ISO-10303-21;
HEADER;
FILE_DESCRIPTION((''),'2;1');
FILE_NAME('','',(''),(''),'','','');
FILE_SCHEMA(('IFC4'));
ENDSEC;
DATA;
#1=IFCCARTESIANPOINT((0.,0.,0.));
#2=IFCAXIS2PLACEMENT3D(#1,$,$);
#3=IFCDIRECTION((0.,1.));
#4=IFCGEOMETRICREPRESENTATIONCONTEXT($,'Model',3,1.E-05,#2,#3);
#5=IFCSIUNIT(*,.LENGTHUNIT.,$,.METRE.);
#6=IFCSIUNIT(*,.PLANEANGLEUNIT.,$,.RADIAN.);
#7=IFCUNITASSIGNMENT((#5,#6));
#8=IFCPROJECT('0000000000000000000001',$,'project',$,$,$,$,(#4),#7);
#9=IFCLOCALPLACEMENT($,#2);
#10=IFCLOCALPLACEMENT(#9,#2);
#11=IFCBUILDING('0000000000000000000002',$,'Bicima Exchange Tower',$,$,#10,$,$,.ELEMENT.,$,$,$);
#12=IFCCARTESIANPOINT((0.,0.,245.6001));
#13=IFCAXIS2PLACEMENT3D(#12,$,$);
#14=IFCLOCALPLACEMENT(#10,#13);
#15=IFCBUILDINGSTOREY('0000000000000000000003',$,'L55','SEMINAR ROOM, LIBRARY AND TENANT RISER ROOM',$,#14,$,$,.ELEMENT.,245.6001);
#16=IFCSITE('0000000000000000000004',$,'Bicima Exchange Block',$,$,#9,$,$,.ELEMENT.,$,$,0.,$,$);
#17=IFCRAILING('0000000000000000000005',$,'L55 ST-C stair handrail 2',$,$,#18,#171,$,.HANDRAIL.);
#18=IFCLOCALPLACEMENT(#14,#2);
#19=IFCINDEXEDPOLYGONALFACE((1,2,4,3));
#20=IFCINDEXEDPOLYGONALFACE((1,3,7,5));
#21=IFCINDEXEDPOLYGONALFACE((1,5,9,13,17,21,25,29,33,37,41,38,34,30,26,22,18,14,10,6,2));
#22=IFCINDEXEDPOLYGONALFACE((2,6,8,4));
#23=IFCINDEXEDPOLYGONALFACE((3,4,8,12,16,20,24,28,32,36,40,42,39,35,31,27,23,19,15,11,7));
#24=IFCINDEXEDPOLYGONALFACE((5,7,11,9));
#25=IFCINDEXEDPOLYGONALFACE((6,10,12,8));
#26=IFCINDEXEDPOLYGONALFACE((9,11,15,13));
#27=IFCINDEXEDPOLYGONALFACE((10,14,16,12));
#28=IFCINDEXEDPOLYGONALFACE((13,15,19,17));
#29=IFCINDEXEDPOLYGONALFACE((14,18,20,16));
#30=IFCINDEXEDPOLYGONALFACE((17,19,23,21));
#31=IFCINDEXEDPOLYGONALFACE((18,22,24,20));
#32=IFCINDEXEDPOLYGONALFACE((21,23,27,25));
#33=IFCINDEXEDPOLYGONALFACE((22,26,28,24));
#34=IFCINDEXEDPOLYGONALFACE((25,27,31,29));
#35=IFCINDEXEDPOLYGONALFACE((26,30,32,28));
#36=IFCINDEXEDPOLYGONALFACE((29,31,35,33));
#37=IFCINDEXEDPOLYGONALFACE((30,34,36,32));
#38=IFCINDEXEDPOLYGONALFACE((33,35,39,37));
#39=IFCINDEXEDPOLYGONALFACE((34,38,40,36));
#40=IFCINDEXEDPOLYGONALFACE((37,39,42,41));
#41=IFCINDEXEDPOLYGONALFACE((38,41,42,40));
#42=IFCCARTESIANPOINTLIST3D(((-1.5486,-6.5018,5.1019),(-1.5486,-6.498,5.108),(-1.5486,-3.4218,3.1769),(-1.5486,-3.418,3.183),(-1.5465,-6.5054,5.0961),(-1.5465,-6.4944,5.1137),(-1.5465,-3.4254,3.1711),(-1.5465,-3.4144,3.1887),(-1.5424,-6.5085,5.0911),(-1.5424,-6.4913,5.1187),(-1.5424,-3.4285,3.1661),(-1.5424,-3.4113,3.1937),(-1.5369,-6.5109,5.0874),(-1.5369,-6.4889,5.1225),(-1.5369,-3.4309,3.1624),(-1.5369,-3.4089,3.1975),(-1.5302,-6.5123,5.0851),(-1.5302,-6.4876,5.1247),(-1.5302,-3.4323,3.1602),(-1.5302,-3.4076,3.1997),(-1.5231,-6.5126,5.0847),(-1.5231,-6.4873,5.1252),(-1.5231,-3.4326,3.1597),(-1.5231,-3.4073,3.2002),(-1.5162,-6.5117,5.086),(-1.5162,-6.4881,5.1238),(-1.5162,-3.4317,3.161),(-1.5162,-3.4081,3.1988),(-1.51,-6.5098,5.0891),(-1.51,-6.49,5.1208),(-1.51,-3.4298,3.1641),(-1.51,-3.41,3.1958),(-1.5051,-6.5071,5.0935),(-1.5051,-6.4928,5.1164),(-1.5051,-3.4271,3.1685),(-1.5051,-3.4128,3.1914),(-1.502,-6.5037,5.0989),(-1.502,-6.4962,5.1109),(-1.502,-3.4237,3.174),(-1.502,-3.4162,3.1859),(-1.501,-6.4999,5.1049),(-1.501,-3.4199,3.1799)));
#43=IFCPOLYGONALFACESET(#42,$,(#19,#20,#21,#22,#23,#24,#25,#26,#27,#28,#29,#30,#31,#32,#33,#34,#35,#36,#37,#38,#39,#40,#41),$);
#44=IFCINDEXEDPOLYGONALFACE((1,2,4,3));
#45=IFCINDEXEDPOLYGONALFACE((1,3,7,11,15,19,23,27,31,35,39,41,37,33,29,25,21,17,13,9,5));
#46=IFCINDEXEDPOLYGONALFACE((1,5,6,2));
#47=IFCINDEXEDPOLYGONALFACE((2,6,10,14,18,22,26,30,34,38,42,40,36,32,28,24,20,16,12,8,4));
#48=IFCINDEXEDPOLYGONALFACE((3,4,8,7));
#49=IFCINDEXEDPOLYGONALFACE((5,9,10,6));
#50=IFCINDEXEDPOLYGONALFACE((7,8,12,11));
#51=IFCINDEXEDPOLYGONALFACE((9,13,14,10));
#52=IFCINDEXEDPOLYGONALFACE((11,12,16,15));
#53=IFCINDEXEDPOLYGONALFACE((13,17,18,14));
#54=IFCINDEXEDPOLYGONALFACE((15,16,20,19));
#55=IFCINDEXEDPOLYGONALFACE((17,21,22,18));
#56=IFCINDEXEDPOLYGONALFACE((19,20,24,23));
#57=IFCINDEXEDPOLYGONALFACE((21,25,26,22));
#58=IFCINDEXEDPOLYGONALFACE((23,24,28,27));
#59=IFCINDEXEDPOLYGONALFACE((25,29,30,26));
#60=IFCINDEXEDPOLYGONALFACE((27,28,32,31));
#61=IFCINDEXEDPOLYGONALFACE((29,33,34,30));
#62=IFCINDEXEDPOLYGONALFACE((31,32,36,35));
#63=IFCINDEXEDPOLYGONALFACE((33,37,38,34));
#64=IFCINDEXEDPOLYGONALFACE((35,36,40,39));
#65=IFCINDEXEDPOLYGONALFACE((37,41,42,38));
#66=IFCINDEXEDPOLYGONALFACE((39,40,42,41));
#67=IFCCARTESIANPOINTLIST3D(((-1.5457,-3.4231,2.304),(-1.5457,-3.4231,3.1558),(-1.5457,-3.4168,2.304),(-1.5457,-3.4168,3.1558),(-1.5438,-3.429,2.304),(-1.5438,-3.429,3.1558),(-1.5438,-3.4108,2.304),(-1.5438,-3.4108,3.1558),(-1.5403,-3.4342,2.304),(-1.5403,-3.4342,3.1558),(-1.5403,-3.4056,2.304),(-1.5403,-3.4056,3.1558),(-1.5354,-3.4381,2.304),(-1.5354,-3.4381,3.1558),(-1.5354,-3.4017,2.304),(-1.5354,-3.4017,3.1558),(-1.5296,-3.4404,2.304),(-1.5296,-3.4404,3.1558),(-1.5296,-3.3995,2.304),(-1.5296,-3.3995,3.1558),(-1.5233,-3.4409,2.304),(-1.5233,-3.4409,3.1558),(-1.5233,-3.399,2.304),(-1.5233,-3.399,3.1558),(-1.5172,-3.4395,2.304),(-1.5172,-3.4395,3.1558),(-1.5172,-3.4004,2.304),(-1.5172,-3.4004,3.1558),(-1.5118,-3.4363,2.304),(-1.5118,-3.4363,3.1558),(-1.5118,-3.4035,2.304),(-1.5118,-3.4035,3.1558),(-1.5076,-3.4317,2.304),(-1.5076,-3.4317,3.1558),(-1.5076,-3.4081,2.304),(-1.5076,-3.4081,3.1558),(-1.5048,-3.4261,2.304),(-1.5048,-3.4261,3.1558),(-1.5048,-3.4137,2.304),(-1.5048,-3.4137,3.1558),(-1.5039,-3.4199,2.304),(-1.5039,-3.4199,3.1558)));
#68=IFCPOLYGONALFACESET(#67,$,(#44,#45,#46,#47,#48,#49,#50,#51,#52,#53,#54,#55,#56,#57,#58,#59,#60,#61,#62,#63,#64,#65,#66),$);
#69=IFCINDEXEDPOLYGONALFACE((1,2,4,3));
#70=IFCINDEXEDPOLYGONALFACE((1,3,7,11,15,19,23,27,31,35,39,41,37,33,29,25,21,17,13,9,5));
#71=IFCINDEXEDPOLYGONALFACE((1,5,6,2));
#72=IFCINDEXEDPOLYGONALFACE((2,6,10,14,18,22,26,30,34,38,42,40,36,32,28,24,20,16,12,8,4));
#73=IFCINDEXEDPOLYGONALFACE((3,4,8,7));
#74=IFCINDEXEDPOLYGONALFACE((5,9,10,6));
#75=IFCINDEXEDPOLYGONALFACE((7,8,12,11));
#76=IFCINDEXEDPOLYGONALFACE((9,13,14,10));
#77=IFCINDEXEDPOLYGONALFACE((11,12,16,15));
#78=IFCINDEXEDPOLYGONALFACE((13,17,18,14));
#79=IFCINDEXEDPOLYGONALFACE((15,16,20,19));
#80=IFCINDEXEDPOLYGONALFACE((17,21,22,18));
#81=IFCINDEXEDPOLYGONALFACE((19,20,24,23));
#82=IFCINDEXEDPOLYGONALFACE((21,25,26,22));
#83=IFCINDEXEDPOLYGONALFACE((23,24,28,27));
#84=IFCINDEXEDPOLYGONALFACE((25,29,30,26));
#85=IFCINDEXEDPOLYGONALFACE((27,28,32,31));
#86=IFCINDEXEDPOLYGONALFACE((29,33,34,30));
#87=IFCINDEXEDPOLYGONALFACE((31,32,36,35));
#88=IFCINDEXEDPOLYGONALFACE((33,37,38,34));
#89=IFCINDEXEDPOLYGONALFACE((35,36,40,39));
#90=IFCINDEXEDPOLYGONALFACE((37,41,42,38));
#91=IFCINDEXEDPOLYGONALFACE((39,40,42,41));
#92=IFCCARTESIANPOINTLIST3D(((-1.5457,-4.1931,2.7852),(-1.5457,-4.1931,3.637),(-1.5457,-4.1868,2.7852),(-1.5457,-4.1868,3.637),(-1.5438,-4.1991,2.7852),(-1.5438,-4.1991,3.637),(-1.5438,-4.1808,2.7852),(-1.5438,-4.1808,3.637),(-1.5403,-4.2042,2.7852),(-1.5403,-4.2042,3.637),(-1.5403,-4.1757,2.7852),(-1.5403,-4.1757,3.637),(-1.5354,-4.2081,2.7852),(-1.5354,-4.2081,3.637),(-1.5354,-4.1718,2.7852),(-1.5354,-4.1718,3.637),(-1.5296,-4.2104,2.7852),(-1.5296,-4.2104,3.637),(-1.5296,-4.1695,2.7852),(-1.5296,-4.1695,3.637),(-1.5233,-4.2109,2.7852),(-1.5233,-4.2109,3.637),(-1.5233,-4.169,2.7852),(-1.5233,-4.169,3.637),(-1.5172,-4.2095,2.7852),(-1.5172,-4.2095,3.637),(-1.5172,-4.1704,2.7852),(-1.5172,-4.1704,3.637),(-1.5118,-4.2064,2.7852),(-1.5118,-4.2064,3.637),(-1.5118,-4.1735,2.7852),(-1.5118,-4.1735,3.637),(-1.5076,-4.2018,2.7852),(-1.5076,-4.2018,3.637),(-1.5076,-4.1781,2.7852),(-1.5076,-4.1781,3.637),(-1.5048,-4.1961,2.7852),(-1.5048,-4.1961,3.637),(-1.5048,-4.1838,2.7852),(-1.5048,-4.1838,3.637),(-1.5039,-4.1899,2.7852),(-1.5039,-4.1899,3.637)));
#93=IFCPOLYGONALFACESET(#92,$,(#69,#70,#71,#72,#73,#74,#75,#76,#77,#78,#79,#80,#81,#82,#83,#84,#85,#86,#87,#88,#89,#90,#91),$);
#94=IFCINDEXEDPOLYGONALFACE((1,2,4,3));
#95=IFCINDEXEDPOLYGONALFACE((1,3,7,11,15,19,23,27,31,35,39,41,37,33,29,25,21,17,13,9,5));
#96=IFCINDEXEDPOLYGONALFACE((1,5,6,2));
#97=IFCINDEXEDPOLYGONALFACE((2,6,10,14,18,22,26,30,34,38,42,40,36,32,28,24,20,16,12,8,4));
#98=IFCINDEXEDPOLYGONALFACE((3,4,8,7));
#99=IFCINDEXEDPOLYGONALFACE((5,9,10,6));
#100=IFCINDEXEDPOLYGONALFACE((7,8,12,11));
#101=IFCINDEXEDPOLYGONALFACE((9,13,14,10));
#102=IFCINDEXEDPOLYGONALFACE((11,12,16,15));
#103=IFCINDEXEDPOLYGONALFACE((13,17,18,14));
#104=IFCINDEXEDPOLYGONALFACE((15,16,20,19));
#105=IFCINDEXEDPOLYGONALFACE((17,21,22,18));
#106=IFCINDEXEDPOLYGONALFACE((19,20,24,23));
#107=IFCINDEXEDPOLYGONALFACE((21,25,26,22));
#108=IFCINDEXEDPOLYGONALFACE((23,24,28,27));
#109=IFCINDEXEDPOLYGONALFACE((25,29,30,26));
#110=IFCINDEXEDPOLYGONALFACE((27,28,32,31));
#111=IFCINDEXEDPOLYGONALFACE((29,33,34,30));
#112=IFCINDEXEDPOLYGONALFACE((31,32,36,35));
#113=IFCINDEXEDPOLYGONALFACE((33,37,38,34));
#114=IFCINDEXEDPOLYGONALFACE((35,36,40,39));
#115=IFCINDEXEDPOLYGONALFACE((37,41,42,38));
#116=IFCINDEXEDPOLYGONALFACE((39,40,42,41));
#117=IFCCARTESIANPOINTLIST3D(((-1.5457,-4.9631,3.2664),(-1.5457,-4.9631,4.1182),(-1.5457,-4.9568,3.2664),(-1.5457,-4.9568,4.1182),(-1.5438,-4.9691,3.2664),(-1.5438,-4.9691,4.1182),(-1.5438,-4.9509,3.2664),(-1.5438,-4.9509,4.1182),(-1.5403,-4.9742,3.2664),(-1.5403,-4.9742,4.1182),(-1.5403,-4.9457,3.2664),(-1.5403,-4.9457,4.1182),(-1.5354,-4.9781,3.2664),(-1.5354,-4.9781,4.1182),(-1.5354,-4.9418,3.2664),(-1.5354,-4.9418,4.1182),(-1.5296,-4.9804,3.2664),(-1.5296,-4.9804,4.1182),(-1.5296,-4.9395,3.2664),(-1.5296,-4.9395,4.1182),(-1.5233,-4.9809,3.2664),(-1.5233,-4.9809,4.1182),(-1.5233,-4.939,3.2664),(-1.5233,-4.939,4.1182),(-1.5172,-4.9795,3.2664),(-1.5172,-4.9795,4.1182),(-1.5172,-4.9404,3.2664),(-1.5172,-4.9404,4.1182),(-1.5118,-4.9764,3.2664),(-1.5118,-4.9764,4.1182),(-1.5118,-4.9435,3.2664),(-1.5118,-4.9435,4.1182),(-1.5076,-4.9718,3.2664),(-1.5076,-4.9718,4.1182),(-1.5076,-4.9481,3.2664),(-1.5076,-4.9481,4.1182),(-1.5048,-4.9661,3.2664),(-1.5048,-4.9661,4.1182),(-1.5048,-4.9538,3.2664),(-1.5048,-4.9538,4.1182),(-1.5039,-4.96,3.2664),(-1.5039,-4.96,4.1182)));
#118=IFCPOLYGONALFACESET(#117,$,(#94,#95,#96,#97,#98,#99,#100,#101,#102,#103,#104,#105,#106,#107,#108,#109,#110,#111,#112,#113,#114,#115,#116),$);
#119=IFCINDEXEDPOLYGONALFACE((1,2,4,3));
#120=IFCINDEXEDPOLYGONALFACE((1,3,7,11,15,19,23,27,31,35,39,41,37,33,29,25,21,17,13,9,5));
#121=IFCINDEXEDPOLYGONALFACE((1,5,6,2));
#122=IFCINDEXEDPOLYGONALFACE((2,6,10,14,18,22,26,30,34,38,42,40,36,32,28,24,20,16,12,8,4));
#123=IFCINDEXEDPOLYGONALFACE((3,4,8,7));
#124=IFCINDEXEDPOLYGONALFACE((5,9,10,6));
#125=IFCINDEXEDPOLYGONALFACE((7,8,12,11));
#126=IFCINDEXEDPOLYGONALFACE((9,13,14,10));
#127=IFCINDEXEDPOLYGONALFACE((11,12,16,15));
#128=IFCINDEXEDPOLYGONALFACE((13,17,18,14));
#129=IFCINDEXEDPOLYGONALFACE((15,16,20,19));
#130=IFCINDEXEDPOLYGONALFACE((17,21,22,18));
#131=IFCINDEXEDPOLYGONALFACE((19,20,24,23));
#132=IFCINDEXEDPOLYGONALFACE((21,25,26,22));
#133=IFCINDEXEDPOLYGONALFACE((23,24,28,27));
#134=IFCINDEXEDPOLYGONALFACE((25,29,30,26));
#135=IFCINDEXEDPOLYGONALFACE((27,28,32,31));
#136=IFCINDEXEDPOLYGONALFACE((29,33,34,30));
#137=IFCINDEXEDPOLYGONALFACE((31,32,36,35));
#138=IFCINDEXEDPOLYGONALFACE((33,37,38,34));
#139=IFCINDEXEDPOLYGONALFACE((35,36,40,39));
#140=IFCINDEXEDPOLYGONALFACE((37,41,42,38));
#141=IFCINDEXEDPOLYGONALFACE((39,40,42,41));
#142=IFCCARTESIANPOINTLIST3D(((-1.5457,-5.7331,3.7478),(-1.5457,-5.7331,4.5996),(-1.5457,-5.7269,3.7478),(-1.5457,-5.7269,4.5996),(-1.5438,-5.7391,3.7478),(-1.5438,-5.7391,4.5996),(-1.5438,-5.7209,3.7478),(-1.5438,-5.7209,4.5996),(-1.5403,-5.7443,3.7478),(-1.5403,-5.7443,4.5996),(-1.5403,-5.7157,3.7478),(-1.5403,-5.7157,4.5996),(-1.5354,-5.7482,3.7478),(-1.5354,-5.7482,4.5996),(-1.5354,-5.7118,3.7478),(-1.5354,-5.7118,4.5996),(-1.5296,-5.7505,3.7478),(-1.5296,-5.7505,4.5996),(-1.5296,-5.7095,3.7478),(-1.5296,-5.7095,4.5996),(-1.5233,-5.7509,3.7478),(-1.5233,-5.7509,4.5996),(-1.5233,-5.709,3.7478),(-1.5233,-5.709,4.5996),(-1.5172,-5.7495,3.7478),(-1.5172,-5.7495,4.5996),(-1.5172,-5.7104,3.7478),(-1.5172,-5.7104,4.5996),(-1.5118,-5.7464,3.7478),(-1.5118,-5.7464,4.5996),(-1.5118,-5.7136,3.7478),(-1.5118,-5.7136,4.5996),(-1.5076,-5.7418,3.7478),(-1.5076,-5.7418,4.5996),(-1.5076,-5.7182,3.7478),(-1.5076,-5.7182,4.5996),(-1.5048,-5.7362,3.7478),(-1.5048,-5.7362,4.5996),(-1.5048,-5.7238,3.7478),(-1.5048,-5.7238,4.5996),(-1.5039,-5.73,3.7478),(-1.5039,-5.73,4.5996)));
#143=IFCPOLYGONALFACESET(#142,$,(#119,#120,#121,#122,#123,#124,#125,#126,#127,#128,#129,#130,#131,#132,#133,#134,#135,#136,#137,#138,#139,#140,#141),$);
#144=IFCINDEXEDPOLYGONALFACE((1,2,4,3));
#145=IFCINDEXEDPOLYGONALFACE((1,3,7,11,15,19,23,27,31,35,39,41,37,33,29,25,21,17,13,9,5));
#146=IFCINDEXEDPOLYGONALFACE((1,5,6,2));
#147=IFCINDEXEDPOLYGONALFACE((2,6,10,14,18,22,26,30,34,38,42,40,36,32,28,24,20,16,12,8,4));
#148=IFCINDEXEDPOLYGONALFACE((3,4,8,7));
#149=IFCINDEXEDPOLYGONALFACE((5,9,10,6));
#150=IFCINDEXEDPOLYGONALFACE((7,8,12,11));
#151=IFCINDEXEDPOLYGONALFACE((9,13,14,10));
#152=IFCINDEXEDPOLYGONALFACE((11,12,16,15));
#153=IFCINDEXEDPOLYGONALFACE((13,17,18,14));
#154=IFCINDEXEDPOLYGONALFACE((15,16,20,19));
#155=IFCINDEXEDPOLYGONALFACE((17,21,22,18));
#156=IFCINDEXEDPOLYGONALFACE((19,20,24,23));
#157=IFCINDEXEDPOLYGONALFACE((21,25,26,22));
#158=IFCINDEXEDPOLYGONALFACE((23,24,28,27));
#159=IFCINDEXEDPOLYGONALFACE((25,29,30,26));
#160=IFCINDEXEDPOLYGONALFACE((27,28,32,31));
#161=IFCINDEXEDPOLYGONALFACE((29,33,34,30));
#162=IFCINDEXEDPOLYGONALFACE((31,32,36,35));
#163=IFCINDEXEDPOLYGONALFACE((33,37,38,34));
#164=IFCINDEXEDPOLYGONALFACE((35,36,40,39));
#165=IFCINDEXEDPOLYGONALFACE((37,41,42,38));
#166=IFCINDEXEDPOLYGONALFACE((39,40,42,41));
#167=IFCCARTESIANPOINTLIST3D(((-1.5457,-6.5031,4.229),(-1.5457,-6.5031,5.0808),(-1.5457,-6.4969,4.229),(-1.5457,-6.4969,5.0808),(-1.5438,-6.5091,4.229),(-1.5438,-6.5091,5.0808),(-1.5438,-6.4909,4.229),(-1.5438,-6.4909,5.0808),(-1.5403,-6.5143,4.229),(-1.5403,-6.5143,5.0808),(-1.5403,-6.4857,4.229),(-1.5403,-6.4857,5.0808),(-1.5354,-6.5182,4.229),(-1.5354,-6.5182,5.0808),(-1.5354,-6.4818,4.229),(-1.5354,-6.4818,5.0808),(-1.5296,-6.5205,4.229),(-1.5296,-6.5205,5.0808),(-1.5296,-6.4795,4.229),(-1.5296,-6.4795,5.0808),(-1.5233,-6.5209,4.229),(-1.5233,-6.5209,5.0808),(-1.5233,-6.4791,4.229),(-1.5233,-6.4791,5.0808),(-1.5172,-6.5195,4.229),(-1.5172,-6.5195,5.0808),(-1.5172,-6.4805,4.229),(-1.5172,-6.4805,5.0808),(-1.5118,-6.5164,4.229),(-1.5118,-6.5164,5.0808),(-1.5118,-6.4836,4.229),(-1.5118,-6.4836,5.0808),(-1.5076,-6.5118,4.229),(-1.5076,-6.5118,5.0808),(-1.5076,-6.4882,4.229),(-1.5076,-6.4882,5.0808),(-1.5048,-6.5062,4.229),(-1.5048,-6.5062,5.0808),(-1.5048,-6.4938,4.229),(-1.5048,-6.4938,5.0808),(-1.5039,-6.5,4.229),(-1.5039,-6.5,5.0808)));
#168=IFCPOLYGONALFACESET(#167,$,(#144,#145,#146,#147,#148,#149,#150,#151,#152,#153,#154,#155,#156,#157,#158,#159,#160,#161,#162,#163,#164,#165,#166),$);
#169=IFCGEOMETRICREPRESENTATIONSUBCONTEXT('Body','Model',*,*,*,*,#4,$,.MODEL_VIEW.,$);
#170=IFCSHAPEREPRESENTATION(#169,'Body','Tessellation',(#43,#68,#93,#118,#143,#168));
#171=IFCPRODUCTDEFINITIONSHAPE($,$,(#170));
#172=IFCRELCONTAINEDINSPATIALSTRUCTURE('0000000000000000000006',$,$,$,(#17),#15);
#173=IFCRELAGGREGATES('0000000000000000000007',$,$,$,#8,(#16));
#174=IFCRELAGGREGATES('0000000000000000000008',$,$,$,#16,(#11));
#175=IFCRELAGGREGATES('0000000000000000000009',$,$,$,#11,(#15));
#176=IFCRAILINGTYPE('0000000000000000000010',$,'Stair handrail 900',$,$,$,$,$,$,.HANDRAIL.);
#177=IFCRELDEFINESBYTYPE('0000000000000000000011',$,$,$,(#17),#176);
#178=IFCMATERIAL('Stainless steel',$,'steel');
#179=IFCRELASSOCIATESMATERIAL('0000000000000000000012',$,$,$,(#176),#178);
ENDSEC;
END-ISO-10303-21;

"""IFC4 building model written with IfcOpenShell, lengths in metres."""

from ifc_helpers import new_model, si_unit, direction, frame, origin, origin_2d, place, context, subcontext, project, spatial, circle, extrude, material, type_object, element, save


model = new_model("IFC4")

# Units and contexts
model_context = context("Model", 3, precision=1e-05, world=origin(), true_north=direction((0.0, 1.0)))
body_context = subcontext(model_context, "Body", "Model", "MODEL_VIEW")
ifc_project = project(units=[si_unit("LENGTHUNIT", "METRE"), si_unit("PLANEANGLEUNIT", "RADIAN")], contexts=[model_context])

# Site, building, storey
site_placement = place(None, origin())
site = spatial("IfcSite", under=ifc_project, at=site_placement, Name="Bicima Exchange Block", CompositionType="ELEMENT", RefElevation=0.0)
building_placement = place(site_placement, origin())
building = spatial("IfcBuilding", under=site, at=building_placement, Name="Bicima Exchange Tower", CompositionType="ELEMENT")
storey_placement = place(building_placement, frame((0.0, 0.0, 245.6001)))
storey = spatial("IfcBuildingStorey", under=building, at=storey_placement, Name="L55", Description="SEMINAR ROOM, LIBRARY AND TENANT RISER ROOM", CompositionType="ELEMENT", Elevation=245.6001)

# Railing
ifc_material_1 = material(Name="Stainless steel", Category="steel")
railing_type = type_object("IfcRailingType", Name="Stair handrail 900", PredefinedType="HANDRAIL", material=ifc_material_1)
railing_placement = place(storey_placement, frame((-1.5249, -3.4199, 2.304)))
element("IfcRailing", 1, at=railing_placement, inside=storey, type_object=railing_type, Name="L55 ST-C stair handrail 2", PredefinedType="HANDRAIL", context=body_context, shape_type="SweptSolid", body=[
    extrude(circle(Radius=0.0239, at=origin_2d()), frame((0.0, 0.0, 0.876), z_axis=(0.0, -0.847998, 0.529999), x_axis=(1.0, 0.0, 0.0)), (0.0, 0.0, 1.0), 3.6321),
    extrude(circle(Radius=0.021, at=origin_2d()), origin(), (0.0, 0.0, 1.0), 0.8518),
    extrude(circle(Radius=0.021, at=origin_2d()), frame((0.0, -0.77, 0.4812)), (0.0, 0.0, 1.0), 0.8518),
    extrude(circle(Radius=0.021, at=origin_2d()), frame((0.0, -1.54, 0.9624)), (0.0, 0.0, 1.0), 0.8518),
    extrude(circle(Radius=0.021, at=origin_2d()), frame((0.0, -2.3101, 1.4438)), (0.0, 0.0, 1.0), 0.8518),
    extrude(circle(Radius=0.021, at=origin_2d()), frame((0.0, -3.0801, 1.925)), (0.0, 0.0, 1.0), 0.8518),
])

save(model, "model.ifc")
